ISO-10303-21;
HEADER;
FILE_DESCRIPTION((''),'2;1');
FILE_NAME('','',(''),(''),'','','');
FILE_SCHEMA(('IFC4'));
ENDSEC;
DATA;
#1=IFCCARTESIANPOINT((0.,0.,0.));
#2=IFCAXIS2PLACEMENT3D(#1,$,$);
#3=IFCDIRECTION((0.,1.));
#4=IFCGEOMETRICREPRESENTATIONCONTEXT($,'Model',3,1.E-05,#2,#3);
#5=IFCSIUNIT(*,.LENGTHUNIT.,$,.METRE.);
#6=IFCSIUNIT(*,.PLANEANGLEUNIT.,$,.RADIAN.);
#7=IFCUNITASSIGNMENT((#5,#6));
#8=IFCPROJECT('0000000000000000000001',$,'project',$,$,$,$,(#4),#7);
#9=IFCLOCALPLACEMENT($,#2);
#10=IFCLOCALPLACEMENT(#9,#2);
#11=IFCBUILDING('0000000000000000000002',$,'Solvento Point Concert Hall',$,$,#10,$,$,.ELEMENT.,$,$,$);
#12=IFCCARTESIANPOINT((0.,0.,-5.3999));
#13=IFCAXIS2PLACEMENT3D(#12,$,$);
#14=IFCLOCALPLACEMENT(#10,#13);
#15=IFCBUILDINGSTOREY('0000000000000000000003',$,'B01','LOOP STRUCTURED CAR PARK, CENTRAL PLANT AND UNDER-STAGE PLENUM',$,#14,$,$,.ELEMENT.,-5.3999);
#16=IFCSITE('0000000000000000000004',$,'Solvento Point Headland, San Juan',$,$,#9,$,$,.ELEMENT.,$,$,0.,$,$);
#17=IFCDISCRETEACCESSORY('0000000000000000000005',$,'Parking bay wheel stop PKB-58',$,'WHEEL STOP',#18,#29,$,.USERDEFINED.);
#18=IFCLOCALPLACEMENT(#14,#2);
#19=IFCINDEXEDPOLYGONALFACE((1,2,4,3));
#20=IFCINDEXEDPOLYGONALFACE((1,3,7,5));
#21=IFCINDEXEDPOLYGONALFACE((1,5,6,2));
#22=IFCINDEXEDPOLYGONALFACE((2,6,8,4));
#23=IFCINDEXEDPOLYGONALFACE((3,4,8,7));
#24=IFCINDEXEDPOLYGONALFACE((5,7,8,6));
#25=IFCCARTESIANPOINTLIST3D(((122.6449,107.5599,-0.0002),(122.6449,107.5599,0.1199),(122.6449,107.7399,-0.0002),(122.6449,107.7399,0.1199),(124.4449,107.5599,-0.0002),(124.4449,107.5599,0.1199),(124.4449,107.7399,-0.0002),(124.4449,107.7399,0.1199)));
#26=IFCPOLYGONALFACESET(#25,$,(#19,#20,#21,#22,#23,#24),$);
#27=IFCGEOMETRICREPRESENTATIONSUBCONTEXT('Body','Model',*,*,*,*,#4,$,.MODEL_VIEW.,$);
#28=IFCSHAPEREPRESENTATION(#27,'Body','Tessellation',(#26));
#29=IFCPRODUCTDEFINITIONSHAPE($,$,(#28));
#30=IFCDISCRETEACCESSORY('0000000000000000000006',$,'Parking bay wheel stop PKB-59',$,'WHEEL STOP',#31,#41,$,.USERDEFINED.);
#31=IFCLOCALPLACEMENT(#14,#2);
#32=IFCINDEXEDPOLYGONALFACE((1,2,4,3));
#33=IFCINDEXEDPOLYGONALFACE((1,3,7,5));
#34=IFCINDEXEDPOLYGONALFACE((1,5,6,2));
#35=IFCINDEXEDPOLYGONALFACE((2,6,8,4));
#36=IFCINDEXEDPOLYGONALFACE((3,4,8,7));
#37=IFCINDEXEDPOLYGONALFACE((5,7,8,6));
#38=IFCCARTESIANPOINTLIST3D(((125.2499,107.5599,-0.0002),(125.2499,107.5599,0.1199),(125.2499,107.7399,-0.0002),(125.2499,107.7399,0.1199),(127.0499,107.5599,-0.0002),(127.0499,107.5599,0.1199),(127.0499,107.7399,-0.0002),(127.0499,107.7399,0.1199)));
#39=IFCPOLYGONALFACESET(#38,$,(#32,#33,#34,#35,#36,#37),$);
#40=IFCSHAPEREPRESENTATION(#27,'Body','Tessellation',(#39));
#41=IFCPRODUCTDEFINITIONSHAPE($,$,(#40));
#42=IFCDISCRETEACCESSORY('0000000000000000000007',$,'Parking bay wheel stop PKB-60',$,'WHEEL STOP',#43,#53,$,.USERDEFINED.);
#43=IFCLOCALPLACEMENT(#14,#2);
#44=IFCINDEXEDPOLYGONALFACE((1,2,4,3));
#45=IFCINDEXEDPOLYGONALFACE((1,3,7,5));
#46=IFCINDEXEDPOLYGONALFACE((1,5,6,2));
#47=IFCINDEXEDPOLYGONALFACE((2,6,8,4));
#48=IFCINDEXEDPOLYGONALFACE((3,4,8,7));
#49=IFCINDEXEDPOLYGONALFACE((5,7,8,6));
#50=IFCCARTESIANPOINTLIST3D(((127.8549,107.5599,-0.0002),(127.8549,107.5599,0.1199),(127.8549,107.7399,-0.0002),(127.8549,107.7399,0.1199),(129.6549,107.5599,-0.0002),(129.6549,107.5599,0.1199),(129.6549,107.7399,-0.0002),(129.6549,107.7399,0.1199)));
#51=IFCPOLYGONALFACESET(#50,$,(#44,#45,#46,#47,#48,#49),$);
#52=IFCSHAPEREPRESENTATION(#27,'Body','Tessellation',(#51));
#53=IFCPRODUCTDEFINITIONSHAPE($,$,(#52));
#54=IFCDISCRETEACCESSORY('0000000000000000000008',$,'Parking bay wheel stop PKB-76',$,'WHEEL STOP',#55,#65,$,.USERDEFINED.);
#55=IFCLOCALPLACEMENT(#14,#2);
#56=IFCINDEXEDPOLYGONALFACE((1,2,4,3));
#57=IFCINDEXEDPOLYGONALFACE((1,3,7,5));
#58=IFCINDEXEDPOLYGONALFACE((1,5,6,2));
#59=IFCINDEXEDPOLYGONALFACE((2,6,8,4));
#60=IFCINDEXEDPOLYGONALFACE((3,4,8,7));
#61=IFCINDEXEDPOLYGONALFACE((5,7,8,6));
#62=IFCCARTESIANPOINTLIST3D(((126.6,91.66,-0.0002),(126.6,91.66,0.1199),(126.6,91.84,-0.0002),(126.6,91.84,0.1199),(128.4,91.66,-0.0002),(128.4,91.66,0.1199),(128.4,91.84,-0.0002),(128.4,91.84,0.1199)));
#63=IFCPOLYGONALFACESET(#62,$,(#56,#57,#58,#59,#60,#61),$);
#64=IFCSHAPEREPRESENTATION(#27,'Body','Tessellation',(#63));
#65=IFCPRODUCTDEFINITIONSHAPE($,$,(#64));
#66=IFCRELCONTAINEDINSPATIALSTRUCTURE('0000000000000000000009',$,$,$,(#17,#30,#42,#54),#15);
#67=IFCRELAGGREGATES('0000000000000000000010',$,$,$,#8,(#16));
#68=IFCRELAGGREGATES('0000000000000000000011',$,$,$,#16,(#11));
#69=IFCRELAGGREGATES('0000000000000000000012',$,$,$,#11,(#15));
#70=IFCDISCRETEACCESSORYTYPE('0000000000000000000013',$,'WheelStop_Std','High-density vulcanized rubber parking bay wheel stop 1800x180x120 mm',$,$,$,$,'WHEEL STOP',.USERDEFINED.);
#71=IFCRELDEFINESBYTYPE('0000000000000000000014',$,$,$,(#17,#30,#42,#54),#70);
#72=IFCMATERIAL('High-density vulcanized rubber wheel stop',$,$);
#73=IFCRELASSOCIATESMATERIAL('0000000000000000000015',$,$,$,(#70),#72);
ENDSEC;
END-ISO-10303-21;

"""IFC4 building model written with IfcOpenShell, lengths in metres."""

from ifc_helpers import new_model, si_unit, direction, frame, origin, origin_2d, place, context, subcontext, project, spatial, rectangle, extrude, material, type_object, element, save


model = new_model("IFC4")

# Units and contexts
model_context = context("Model", 3, precision=1e-05, world=origin(), true_north=direction((0.0, 1.0)))
body_context = subcontext(model_context, "Body", "Model", "MODEL_VIEW")
ifc_project = project(units=[si_unit("LENGTHUNIT", "METRE"), si_unit("PLANEANGLEUNIT", "RADIAN")], contexts=[model_context])

# Site, building, storey
site_placement = place(None, origin())
site = spatial("IfcSite", under=ifc_project, at=site_placement, Name="Solvento Point Headland, San Juan", CompositionType="ELEMENT", RefElevation=0.0)
building_placement = place(site_placement, origin())
building = spatial("IfcBuilding", under=site, at=building_placement, Name="Solvento Point Concert Hall", CompositionType="ELEMENT")
storey_placement = place(building_placement, frame((0.0, 0.0, -5.3999)))
storey = spatial("IfcBuildingStorey", under=building, at=storey_placement, Name="B01", Description="LOOP STRUCTURED CAR PARK, CENTRAL PLANT AND UNDER-STAGE PLENUM", CompositionType="ELEMENT", Elevation=-5.3999)

# Discrete accessories
ifc_material_1 = material(Name="High-density vulcanized rubber wheel stop")
discrete_accessory_type = type_object("IfcDiscreteAccessoryType", Name="WheelStop_Std", Description="High-density vulcanized rubber parking bay wheel stop 1800x180x120 mm", ElementType="WHEEL STOP", PredefinedType="USERDEFINED", material=ifc_material_1)
for number, where, z_axis, x_axis, name in (
    (1, (123.5449, 107.6499, -0.0002), (0.0, 0.0, 1.0), (1.0, 0.0, 0.0), "Parking bay wheel stop PKB-58"),
    (2, (126.1499, 107.6499, -0.0002), (0.0, 0.0, 1.0), (1.0, 0.0, 0.0), "Parking bay wheel stop PKB-59"),
    (3, (128.7549, 107.6499, -0.0002), (0.0, 0.0, 1.0), (1.0, 0.0, 0.0), "Parking bay wheel stop PKB-60"),
    (4, (127.5, 91.75, -0.0002), (0.0, 0.0, 1.0), (1.0, 0.0, 0.0), "Parking bay wheel stop PKB-76"),
):
    element("IfcDiscreteAccessory", number, at=place(storey_placement, frame(where, z_axis=z_axis, x_axis=x_axis)), inside=storey, type_object=discrete_accessory_type, Name=name, ObjectType="WHEEL STOP", PredefinedType="USERDEFINED", context=body_context, shape_type="SweptSolid", body=[
        extrude(rectangle(XDim=1.8, YDim=0.1799, at=origin_2d()), origin(), (0.0, 0.0, 1.0), 0.1201),
    ])

save(model, "model.ifc")
